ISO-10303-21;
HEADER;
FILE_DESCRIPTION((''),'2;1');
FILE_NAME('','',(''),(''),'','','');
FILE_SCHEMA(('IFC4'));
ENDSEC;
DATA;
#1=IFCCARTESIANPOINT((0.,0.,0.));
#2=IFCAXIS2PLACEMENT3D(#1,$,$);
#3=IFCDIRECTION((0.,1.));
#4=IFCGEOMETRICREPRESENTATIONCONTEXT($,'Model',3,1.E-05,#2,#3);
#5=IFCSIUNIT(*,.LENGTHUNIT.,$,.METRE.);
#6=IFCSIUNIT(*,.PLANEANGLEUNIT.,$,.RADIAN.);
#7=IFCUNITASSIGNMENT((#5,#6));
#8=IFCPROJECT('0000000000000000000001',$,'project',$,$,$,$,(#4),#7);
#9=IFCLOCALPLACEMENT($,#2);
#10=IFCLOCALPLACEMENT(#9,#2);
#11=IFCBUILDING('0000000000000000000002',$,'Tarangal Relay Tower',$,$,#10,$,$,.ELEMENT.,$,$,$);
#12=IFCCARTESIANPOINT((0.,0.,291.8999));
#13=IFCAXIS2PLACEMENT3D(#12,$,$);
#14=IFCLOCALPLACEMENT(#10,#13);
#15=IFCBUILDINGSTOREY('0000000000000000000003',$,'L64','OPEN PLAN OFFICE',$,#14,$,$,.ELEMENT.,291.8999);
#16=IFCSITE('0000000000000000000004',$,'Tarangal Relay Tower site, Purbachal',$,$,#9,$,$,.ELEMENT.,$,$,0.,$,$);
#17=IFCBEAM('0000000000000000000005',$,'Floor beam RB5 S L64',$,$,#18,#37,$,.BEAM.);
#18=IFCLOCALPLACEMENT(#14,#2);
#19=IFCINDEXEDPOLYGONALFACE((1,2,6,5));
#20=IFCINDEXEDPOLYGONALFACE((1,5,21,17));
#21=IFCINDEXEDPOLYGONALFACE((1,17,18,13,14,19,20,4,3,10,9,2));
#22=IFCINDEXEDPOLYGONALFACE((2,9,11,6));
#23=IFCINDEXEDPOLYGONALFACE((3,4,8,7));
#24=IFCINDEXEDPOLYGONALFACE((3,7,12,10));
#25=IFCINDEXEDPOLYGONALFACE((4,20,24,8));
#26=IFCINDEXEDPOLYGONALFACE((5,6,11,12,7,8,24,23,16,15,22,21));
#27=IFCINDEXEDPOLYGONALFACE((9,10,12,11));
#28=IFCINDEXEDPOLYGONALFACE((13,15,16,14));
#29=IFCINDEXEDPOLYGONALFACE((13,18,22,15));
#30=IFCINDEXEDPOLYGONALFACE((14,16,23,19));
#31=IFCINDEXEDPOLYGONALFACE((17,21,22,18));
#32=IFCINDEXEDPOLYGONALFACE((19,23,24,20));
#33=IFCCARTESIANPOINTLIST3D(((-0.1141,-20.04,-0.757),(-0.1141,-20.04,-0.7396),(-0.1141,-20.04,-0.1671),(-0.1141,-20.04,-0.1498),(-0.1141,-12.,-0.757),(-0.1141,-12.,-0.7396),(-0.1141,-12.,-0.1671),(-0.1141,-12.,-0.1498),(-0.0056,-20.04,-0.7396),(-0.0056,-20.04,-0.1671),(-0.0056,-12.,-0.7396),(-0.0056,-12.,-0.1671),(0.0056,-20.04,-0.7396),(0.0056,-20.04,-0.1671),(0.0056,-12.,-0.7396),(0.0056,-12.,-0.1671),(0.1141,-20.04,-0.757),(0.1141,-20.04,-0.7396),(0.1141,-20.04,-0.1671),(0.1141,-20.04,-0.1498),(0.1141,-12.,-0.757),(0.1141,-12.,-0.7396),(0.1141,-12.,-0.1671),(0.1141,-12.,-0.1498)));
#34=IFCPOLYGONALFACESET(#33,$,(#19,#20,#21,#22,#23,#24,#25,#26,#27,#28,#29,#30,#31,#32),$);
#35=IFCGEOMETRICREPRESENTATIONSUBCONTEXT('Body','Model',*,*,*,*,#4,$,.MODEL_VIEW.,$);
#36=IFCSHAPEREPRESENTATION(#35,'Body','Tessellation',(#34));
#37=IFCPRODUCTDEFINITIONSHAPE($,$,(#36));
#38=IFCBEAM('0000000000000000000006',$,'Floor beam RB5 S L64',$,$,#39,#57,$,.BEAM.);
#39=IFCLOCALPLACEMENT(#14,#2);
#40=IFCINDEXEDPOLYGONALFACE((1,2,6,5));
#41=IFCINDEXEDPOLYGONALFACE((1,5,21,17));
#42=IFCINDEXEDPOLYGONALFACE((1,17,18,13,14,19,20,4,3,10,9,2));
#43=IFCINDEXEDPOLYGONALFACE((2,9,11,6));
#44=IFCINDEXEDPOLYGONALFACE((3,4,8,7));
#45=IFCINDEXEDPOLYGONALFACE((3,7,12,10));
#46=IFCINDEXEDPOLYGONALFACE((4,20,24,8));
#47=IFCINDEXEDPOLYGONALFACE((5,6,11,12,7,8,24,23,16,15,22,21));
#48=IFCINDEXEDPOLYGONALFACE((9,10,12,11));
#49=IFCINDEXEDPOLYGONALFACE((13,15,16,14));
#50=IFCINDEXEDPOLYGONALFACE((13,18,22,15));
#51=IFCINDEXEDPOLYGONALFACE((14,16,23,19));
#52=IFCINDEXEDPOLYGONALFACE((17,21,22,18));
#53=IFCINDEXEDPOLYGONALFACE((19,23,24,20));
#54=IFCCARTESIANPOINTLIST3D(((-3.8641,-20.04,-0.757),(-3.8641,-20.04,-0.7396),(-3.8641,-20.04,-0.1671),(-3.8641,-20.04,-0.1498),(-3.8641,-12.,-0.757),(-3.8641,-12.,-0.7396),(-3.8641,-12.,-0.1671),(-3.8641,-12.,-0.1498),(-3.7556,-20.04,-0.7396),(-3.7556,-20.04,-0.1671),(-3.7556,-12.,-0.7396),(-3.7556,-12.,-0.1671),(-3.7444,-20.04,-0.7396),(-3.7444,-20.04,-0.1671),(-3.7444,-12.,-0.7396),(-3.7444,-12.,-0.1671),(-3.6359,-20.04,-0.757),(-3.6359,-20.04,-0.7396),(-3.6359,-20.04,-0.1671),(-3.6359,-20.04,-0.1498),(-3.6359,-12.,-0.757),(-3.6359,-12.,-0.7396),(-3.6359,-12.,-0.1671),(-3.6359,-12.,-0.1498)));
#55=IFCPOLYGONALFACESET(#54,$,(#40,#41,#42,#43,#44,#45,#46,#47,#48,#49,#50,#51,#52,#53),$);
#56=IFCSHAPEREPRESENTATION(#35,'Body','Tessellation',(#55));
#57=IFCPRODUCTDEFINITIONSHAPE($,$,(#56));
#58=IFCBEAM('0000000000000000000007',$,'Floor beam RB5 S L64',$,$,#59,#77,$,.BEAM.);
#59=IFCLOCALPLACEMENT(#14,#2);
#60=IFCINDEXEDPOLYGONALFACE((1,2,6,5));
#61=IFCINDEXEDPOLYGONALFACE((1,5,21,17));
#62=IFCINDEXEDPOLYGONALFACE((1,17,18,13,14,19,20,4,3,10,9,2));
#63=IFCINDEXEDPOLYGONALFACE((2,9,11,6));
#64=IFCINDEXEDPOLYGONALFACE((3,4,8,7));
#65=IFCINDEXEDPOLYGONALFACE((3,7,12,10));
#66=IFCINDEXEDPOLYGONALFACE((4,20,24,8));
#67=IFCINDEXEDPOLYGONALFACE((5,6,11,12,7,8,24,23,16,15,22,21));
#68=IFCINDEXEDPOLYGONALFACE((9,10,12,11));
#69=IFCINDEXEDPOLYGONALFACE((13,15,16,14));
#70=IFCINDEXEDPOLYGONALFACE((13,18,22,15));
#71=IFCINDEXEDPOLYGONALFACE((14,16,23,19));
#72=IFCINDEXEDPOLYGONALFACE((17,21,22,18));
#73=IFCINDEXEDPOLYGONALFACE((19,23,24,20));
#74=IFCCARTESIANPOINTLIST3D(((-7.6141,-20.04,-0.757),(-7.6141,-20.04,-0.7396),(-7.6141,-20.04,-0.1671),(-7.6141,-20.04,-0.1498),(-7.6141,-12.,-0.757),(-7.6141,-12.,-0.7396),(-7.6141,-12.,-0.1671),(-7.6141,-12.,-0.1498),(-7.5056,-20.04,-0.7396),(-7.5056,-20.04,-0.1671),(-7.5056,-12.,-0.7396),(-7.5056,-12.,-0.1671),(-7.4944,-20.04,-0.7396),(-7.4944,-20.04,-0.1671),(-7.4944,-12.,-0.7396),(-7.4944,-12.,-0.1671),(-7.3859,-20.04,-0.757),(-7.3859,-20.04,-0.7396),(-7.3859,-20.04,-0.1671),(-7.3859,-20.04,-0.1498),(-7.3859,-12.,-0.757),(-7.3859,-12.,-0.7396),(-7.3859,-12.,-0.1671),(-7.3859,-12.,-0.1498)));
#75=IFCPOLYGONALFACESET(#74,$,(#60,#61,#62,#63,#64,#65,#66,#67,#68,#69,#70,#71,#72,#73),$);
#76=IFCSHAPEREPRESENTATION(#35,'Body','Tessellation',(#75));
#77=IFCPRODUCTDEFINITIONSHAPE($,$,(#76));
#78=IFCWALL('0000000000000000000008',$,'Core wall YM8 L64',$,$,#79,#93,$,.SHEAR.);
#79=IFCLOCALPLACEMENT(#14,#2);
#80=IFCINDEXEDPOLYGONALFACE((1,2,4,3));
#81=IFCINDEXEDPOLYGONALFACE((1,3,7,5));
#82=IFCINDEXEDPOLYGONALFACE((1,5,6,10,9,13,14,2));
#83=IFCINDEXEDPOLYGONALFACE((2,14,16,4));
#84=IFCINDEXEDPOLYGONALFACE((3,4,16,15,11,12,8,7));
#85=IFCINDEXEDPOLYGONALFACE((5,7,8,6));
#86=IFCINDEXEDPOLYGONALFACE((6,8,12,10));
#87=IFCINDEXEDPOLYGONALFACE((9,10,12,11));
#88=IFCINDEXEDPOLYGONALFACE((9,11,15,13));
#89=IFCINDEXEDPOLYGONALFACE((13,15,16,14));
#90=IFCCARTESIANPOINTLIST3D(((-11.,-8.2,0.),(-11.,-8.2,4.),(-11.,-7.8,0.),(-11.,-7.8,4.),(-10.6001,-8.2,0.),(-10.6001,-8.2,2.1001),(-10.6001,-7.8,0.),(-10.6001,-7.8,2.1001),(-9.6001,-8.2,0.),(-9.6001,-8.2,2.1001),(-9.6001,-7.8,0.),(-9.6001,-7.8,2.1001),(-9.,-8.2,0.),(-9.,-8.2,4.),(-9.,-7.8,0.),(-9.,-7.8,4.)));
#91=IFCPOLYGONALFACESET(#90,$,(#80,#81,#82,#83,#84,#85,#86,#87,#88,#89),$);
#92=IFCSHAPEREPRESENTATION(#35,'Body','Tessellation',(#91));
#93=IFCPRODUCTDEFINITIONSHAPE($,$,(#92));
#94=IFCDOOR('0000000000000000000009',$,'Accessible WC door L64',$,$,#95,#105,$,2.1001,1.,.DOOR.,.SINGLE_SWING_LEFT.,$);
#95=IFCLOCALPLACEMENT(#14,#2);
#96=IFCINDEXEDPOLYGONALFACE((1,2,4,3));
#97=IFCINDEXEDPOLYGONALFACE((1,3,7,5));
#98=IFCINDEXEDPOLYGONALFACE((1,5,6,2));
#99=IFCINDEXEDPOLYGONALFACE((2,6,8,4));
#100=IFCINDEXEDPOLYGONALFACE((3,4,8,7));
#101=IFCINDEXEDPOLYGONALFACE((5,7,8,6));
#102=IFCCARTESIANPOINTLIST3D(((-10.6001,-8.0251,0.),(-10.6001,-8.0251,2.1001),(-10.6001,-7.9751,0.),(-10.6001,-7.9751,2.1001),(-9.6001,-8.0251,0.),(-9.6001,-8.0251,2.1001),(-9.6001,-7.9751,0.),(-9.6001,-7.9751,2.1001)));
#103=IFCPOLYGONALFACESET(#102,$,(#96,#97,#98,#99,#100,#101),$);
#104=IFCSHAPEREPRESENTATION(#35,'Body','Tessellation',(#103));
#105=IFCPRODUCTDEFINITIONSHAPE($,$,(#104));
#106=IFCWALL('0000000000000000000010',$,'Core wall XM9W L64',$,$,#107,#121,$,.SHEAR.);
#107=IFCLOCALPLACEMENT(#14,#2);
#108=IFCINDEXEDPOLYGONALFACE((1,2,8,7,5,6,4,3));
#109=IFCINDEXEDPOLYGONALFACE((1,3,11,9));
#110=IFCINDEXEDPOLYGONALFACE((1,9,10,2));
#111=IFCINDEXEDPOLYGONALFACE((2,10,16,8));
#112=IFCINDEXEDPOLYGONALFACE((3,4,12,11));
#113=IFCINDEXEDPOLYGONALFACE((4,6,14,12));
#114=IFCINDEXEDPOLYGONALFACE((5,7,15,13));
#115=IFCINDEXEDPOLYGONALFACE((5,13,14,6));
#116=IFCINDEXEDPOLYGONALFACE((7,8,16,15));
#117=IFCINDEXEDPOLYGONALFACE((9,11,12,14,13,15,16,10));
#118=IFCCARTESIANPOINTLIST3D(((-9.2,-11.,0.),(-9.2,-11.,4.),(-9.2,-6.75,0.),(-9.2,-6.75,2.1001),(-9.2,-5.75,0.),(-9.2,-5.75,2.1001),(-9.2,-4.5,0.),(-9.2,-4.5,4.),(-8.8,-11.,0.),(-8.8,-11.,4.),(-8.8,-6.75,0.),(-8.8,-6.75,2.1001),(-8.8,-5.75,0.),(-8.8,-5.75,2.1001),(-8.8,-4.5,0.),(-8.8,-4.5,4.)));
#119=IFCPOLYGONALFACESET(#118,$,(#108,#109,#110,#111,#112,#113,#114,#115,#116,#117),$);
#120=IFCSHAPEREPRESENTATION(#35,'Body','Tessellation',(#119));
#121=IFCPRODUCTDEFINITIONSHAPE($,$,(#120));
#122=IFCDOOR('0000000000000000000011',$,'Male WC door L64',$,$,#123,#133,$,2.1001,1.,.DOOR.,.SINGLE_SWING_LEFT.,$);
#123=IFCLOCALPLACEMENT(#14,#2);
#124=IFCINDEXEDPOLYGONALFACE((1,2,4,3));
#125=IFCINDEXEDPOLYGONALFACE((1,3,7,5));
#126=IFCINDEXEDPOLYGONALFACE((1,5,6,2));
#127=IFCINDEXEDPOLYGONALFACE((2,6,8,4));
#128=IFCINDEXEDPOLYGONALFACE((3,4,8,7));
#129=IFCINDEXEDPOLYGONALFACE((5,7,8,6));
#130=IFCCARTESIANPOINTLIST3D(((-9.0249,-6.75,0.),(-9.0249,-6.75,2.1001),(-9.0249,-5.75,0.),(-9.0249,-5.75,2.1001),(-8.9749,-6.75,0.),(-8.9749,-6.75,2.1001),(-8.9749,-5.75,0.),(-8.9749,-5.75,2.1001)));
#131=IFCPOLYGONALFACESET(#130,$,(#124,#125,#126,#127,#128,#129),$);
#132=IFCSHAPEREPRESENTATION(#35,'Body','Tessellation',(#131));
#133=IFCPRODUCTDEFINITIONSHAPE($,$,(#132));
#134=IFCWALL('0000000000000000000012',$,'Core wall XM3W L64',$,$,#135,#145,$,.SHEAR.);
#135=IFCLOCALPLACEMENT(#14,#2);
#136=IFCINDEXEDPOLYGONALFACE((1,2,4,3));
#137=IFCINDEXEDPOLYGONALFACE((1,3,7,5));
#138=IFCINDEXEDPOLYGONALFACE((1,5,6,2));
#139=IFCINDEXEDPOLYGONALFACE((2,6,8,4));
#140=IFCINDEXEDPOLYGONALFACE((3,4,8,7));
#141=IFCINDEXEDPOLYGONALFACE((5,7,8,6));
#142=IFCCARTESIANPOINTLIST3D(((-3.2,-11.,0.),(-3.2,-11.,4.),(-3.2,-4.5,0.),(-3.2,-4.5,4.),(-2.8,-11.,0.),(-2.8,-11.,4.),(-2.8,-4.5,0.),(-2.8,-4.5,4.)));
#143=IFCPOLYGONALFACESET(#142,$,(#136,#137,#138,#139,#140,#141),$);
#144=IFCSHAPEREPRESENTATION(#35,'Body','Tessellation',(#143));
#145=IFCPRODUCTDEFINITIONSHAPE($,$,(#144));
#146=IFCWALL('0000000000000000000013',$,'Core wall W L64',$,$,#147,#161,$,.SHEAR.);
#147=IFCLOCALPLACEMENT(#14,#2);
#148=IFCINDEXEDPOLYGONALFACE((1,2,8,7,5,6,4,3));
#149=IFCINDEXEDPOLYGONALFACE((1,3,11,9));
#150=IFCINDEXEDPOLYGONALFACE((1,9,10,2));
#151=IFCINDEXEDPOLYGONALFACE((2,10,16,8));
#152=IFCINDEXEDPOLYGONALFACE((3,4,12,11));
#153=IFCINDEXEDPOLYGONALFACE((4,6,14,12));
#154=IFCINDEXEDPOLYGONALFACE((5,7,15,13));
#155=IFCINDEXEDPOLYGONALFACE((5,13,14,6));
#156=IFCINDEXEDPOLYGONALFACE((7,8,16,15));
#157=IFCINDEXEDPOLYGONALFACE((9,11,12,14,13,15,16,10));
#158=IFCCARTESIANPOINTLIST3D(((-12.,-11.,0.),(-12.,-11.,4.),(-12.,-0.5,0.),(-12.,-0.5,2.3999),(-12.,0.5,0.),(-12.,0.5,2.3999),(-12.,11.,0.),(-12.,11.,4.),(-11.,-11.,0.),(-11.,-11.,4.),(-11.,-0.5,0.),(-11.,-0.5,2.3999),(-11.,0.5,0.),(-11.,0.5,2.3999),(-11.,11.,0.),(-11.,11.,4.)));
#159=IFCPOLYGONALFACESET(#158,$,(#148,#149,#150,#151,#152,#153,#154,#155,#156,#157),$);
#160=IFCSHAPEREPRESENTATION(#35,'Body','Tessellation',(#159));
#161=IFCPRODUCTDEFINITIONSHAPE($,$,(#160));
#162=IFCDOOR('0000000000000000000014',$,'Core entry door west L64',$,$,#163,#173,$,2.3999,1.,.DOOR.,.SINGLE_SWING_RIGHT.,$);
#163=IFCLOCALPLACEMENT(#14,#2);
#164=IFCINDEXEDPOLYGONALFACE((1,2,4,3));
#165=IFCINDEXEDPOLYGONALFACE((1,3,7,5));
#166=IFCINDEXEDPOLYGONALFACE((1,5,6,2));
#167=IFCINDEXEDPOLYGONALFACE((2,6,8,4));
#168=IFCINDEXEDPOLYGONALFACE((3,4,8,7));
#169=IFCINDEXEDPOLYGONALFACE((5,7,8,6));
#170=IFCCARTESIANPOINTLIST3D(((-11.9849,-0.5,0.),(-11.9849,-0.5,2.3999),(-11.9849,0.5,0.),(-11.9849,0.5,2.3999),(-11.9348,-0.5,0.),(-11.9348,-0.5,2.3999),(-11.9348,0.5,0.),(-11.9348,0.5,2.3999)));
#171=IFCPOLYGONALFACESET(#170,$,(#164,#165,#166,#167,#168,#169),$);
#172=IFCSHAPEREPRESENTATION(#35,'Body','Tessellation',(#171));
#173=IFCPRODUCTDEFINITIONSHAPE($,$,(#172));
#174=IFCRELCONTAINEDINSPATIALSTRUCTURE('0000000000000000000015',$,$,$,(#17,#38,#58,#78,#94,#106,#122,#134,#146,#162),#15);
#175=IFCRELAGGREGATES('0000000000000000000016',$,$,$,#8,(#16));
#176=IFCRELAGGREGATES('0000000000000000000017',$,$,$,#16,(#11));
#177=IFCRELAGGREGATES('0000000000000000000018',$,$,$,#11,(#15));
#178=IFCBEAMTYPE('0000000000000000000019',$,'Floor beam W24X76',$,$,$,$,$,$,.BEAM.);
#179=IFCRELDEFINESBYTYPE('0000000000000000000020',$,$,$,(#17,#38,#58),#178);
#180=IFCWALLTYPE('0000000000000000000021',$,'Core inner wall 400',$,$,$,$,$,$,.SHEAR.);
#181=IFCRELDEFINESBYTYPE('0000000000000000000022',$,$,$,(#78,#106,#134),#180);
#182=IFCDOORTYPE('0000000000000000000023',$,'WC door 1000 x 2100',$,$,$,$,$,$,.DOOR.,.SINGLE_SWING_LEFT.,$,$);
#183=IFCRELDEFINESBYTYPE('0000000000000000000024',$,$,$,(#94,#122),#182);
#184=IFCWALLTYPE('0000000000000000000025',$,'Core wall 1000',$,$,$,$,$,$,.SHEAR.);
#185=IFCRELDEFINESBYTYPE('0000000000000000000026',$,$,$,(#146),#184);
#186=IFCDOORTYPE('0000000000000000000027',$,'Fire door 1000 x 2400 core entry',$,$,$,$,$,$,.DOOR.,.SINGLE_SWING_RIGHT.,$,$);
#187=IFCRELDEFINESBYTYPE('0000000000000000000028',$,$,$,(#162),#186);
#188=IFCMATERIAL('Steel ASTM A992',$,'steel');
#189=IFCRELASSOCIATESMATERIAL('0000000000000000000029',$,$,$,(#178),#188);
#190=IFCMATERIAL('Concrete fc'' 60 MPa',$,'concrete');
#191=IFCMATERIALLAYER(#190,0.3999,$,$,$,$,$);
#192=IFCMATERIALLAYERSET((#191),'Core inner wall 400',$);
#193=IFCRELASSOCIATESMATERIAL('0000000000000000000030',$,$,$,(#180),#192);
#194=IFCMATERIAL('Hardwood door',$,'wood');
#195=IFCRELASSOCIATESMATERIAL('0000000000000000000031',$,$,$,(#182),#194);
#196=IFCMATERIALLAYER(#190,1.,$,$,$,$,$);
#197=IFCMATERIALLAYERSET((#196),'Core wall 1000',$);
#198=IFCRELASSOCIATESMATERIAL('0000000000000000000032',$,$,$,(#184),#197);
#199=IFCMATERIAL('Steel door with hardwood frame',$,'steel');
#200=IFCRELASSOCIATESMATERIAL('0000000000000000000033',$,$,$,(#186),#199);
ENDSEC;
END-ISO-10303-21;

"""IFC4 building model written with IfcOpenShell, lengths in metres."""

from ifc_helpers import new_model, si_unit, direction, frame, frame_2d, origin, origin_2d, place, context, subcontext, project, spatial, rectangle, i_section, extrude, material, layer, layer_set, material_profile, profile_set, type_object, element, fill, save


model = new_model("IFC4")

# Units and contexts
model_context = context("Model", 3, precision=1e-05, world=origin(), true_north=direction((0.0, 1.0)))
body_context = subcontext(model_context, "Body", "Model", "MODEL_VIEW")
ifc_project = project(units=[si_unit("LENGTHUNIT", "METRE"), si_unit("PLANEANGLEUNIT", "RADIAN")], contexts=[model_context])

# Site, building, storey
site_placement = place(None, origin())
site = spatial("IfcSite", under=ifc_project, at=site_placement, Name="Tarangal Relay Tower site, Purbachal", CompositionType="ELEMENT", RefElevation=0.0)
building_placement = place(site_placement, origin())
building = spatial("IfcBuilding", under=site, at=building_placement, Name="Tarangal Relay Tower", CompositionType="ELEMENT")
storey_placement = place(building_placement, frame((0.0, 0.0, 291.8999)))
storey = spatial("IfcBuildingStorey", under=building, at=storey_placement, Name="L64", Description="OPEN PLAN OFFICE", CompositionType="ELEMENT", Elevation=291.8999)

# Beams
ifc_material_1 = material(Name="Steel ASTM A992", Category="steel")
ifc_material_profile = material_profile(ifc_material_1, i_section(OverallWidth=0.2283, OverallDepth=0.6072, WebThickness=0.0112, FlangeThickness=0.0173, at=origin_2d()), Name="W24X76")
ifc_profile_set = profile_set([ifc_material_profile], Name="Steel ASTM A992")
beam_type = type_object("IfcBeamType", Name="Floor beam W24X76", PredefinedType="BEAM", material=ifc_profile_set)
for number, where, z_axis, x_axis, name in (
    (1, (0.0, -12.0, -0.4534), (0.0, -1.0, 0.0), (1.0, 0.0, 0.0), "Floor beam RB5 S L64"),
    (2, (-3.75, -12.0, -0.4534), (0.0, -1.0, 0.0), (1.0, 0.0, 0.0), "Floor beam RB5 S L64"),
    (3, (-7.5, -12.0, -0.4534), (0.0, -1.0, 0.0), (1.0, 0.0, 0.0), "Floor beam RB5 S L64"),
):
    element("IfcBeam", number, at=place(storey_placement, frame(where, z_axis=z_axis, x_axis=x_axis)), inside=storey, type_object=beam_type, Name=name, PredefinedType="BEAM", context=body_context, shape_type="SweptSolid", body=[
        extrude(i_section(OverallWidth=0.2283, OverallDepth=0.6072, WebThickness=0.0112, FlangeThickness=0.0173, at=origin_2d()), origin(), (0.0, 0.0, 1.0), 8.04),
    ])

# Walls, openings, doors
ifc_material_2 = material(Name="Concrete fc' 60 MPa", Category="concrete")
ifc_layer_1 = layer(ifc_material_2, 0.3999)
ifc_layer_set_1 = layer_set([ifc_layer_1], Name="Core inner wall 400")
wall_type_1 = type_object("IfcWallType", Name="Core inner wall 400", PredefinedType="SHEAR", material=ifc_layer_set_1)
wall_1_placement = place(storey_placement, frame((-11.0, -8.0, 0.0), z_axis=(0.0, 0.0, 1.0), x_axis=(1.0, 0.0, 0.0)))
wall_1 = element("IfcWall", 4, at=wall_1_placement, inside=storey, type_object=wall_type_1, Name="Core wall YM8 L64", PredefinedType="SHEAR", context=body_context, shape_type="SweptSolid", body=[
    extrude(rectangle(XDim=2.0, YDim=0.3999, at=frame_2d((1.0, 0.0))), origin(), (0.0, 0.0, 1.0), 4.0),
])
opening_1_placement = place(wall_1_placement, frame((0.3999, 0.0, 0.0)))
opening_1 = element("IfcOpeningElement", 5, at=opening_1_placement, cuts=wall_1, PredefinedType="OPENING", context=body_context, shape_type="SweptSolid", body=[
    extrude(rectangle(XDim=1.0, YDim=2.1001, at=frame_2d((0.5, 1.05))), frame((0.0, 0.21, 0.0), z_axis=(0.0, -1.0, 0.0), x_axis=(1.0, 0.0, 0.0)), (0.0, 0.0, 1.0), 0.4199),
])
ifc_material_3 = material(Name="Hardwood door", Category="wood")
door_type_1 = type_object("IfcDoorType", Name="WC door 1000 x 2100", OperationType="SINGLE_SWING_LEFT", PredefinedType="DOOR", material=ifc_material_3)
door_1_placement = place(opening_1_placement, origin())
door_1 = element("IfcDoor", 6, at=door_1_placement, inside=storey, type_object=door_type_1, Name="Accessible WC door L64", OperationType="SINGLE_SWING_LEFT", OverallHeight=2.1001, OverallWidth=1.0, PredefinedType="DOOR", context=body_context, shape_type="SweptSolid", body=[
    extrude(rectangle(XDim=1.0, YDim=2.1001, at=frame_2d((0.5, 1.05))), frame((0.0, 0.0249, 0.0), z_axis=(0.0, -1.0, 0.0), x_axis=(1.0, 0.0, 0.0)), (0.0, 0.0, 1.0), 0.05),
])
fill(opening_1, door_1)
wall_2_placement = place(storey_placement, frame((-9.0, -11.0, 0.0), z_axis=(0.0, 0.0, 1.0), x_axis=(0.0, 1.0, 0.0)))
wall_2 = element("IfcWall", 7, at=wall_2_placement, inside=storey, type_object=wall_type_1, Name="Core wall XM9W L64", PredefinedType="SHEAR", context=body_context, shape_type="SweptSolid", body=[
    extrude(rectangle(XDim=6.5, YDim=0.3999, at=frame_2d((3.25, 0.0))), origin(), (0.0, 0.0, 1.0), 4.0),
])
opening_2_placement = place(wall_2_placement, frame((4.25, 0.0, 0.0)))
opening_2 = element("IfcOpeningElement", 8, at=opening_2_placement, cuts=wall_2, PredefinedType="OPENING", context=body_context, shape_type="SweptSolid", body=[
    extrude(rectangle(XDim=1.0, YDim=2.1001, at=frame_2d((0.5, 1.05))), frame((0.0, 0.21, 0.0), z_axis=(0.0, -1.0, 0.0), x_axis=(1.0, 0.0, 0.0)), (0.0, 0.0, 1.0), 0.4199),
])
door_2_placement = place(opening_2_placement, origin())
door_2 = element("IfcDoor", 9, at=door_2_placement, inside=storey, type_object=door_type_1, Name="Male WC door L64", OperationType="SINGLE_SWING_LEFT", OverallHeight=2.1001, OverallWidth=1.0, PredefinedType="DOOR", context=body_context, shape_type="SweptSolid", body=[
    extrude(rectangle(XDim=1.0, YDim=2.1001, at=frame_2d((0.5, 1.05))), frame((0.0, 0.0249, 0.0), z_axis=(0.0, -1.0, 0.0), x_axis=(1.0, 0.0, 0.0)), (0.0, 0.0, 1.0), 0.05),
])
fill(opening_2, door_2)

# Wall
wall_3_placement = place(storey_placement, frame((-3.0, -11.0, 0.0), z_axis=(0.0, 0.0, 1.0), x_axis=(0.0, 1.0, 0.0)))
element("IfcWall", 10, at=wall_3_placement, inside=storey, type_object=wall_type_1, Name="Core wall XM3W L64", PredefinedType="SHEAR", context=body_context, shape_type="SweptSolid", body=[
    extrude(rectangle(XDim=6.5, YDim=0.3999, at=frame_2d((3.25, 0.0))), origin(), (0.0, 0.0, 1.0), 4.0),
])

# Wall, opening, door
ifc_layer_2 = layer(ifc_material_2, 1.0)
ifc_layer_set_2 = layer_set([ifc_layer_2], Name="Core wall 1000")
wall_type_2 = type_object("IfcWallType", Name="Core wall 1000", PredefinedType="SHEAR", material=ifc_layer_set_2)
wall_4_placement = place(storey_placement, frame((-11.5, -11.0, 0.0), z_axis=(0.0, 0.0, 1.0), x_axis=(0.0, 1.0, 0.0)))
wall_4 = element("IfcWall", 11, at=wall_4_placement, inside=storey, type_object=wall_type_2, Name="Core wall W L64", PredefinedType="SHEAR", context=body_context, shape_type="SweptSolid", body=[
    extrude(rectangle(XDim=22.0, YDim=1.0, at=frame_2d((11.0, 0.0))), origin(), (0.0, 0.0, 1.0), 4.0),
])
opening_3_placement = place(wall_4_placement, frame((10.5, 0.0, 0.0)))
opening_3 = element("IfcOpeningElement", 12, at=opening_3_placement, cuts=wall_4, PredefinedType="OPENING", context=body_context, shape_type="SweptSolid", body=[
    extrude(rectangle(XDim=1.0, YDim=2.3999, at=frame_2d((0.5, 1.2))), frame((0.0, 0.51, 0.0), z_axis=(0.0, -1.0, 0.0), x_axis=(1.0, 0.0, 0.0)), (0.0, 0.0, 1.0), 1.02),
])
ifc_material_4 = material(Name="Steel door with hardwood frame", Category="steel")
door_type_2 = type_object("IfcDoorType", Name="Fire door 1000 x 2400 core entry", OperationType="SINGLE_SWING_RIGHT", PredefinedType="DOOR", material=ifc_material_4)
door_3_placement = place(opening_3_placement, origin())
door_3 = element("IfcDoor", 13, at=door_3_placement, inside=storey, type_object=door_type_2, Name="Core entry door west L64", OperationType="SINGLE_SWING_RIGHT", OverallHeight=2.3999, OverallWidth=1.0, PredefinedType="DOOR", context=body_context, shape_type="SweptSolid", body=[
    extrude(rectangle(XDim=1.0, YDim=2.3999, at=frame_2d((0.5, 1.2))), frame((0.0, 0.4849, 0.0), z_axis=(0.0, -1.0, 0.0), x_axis=(1.0, 0.0, 0.0)), (0.0, 0.0, 1.0), 0.05),
])
fill(opening_3, door_3)

save(model, "model.ifc")
